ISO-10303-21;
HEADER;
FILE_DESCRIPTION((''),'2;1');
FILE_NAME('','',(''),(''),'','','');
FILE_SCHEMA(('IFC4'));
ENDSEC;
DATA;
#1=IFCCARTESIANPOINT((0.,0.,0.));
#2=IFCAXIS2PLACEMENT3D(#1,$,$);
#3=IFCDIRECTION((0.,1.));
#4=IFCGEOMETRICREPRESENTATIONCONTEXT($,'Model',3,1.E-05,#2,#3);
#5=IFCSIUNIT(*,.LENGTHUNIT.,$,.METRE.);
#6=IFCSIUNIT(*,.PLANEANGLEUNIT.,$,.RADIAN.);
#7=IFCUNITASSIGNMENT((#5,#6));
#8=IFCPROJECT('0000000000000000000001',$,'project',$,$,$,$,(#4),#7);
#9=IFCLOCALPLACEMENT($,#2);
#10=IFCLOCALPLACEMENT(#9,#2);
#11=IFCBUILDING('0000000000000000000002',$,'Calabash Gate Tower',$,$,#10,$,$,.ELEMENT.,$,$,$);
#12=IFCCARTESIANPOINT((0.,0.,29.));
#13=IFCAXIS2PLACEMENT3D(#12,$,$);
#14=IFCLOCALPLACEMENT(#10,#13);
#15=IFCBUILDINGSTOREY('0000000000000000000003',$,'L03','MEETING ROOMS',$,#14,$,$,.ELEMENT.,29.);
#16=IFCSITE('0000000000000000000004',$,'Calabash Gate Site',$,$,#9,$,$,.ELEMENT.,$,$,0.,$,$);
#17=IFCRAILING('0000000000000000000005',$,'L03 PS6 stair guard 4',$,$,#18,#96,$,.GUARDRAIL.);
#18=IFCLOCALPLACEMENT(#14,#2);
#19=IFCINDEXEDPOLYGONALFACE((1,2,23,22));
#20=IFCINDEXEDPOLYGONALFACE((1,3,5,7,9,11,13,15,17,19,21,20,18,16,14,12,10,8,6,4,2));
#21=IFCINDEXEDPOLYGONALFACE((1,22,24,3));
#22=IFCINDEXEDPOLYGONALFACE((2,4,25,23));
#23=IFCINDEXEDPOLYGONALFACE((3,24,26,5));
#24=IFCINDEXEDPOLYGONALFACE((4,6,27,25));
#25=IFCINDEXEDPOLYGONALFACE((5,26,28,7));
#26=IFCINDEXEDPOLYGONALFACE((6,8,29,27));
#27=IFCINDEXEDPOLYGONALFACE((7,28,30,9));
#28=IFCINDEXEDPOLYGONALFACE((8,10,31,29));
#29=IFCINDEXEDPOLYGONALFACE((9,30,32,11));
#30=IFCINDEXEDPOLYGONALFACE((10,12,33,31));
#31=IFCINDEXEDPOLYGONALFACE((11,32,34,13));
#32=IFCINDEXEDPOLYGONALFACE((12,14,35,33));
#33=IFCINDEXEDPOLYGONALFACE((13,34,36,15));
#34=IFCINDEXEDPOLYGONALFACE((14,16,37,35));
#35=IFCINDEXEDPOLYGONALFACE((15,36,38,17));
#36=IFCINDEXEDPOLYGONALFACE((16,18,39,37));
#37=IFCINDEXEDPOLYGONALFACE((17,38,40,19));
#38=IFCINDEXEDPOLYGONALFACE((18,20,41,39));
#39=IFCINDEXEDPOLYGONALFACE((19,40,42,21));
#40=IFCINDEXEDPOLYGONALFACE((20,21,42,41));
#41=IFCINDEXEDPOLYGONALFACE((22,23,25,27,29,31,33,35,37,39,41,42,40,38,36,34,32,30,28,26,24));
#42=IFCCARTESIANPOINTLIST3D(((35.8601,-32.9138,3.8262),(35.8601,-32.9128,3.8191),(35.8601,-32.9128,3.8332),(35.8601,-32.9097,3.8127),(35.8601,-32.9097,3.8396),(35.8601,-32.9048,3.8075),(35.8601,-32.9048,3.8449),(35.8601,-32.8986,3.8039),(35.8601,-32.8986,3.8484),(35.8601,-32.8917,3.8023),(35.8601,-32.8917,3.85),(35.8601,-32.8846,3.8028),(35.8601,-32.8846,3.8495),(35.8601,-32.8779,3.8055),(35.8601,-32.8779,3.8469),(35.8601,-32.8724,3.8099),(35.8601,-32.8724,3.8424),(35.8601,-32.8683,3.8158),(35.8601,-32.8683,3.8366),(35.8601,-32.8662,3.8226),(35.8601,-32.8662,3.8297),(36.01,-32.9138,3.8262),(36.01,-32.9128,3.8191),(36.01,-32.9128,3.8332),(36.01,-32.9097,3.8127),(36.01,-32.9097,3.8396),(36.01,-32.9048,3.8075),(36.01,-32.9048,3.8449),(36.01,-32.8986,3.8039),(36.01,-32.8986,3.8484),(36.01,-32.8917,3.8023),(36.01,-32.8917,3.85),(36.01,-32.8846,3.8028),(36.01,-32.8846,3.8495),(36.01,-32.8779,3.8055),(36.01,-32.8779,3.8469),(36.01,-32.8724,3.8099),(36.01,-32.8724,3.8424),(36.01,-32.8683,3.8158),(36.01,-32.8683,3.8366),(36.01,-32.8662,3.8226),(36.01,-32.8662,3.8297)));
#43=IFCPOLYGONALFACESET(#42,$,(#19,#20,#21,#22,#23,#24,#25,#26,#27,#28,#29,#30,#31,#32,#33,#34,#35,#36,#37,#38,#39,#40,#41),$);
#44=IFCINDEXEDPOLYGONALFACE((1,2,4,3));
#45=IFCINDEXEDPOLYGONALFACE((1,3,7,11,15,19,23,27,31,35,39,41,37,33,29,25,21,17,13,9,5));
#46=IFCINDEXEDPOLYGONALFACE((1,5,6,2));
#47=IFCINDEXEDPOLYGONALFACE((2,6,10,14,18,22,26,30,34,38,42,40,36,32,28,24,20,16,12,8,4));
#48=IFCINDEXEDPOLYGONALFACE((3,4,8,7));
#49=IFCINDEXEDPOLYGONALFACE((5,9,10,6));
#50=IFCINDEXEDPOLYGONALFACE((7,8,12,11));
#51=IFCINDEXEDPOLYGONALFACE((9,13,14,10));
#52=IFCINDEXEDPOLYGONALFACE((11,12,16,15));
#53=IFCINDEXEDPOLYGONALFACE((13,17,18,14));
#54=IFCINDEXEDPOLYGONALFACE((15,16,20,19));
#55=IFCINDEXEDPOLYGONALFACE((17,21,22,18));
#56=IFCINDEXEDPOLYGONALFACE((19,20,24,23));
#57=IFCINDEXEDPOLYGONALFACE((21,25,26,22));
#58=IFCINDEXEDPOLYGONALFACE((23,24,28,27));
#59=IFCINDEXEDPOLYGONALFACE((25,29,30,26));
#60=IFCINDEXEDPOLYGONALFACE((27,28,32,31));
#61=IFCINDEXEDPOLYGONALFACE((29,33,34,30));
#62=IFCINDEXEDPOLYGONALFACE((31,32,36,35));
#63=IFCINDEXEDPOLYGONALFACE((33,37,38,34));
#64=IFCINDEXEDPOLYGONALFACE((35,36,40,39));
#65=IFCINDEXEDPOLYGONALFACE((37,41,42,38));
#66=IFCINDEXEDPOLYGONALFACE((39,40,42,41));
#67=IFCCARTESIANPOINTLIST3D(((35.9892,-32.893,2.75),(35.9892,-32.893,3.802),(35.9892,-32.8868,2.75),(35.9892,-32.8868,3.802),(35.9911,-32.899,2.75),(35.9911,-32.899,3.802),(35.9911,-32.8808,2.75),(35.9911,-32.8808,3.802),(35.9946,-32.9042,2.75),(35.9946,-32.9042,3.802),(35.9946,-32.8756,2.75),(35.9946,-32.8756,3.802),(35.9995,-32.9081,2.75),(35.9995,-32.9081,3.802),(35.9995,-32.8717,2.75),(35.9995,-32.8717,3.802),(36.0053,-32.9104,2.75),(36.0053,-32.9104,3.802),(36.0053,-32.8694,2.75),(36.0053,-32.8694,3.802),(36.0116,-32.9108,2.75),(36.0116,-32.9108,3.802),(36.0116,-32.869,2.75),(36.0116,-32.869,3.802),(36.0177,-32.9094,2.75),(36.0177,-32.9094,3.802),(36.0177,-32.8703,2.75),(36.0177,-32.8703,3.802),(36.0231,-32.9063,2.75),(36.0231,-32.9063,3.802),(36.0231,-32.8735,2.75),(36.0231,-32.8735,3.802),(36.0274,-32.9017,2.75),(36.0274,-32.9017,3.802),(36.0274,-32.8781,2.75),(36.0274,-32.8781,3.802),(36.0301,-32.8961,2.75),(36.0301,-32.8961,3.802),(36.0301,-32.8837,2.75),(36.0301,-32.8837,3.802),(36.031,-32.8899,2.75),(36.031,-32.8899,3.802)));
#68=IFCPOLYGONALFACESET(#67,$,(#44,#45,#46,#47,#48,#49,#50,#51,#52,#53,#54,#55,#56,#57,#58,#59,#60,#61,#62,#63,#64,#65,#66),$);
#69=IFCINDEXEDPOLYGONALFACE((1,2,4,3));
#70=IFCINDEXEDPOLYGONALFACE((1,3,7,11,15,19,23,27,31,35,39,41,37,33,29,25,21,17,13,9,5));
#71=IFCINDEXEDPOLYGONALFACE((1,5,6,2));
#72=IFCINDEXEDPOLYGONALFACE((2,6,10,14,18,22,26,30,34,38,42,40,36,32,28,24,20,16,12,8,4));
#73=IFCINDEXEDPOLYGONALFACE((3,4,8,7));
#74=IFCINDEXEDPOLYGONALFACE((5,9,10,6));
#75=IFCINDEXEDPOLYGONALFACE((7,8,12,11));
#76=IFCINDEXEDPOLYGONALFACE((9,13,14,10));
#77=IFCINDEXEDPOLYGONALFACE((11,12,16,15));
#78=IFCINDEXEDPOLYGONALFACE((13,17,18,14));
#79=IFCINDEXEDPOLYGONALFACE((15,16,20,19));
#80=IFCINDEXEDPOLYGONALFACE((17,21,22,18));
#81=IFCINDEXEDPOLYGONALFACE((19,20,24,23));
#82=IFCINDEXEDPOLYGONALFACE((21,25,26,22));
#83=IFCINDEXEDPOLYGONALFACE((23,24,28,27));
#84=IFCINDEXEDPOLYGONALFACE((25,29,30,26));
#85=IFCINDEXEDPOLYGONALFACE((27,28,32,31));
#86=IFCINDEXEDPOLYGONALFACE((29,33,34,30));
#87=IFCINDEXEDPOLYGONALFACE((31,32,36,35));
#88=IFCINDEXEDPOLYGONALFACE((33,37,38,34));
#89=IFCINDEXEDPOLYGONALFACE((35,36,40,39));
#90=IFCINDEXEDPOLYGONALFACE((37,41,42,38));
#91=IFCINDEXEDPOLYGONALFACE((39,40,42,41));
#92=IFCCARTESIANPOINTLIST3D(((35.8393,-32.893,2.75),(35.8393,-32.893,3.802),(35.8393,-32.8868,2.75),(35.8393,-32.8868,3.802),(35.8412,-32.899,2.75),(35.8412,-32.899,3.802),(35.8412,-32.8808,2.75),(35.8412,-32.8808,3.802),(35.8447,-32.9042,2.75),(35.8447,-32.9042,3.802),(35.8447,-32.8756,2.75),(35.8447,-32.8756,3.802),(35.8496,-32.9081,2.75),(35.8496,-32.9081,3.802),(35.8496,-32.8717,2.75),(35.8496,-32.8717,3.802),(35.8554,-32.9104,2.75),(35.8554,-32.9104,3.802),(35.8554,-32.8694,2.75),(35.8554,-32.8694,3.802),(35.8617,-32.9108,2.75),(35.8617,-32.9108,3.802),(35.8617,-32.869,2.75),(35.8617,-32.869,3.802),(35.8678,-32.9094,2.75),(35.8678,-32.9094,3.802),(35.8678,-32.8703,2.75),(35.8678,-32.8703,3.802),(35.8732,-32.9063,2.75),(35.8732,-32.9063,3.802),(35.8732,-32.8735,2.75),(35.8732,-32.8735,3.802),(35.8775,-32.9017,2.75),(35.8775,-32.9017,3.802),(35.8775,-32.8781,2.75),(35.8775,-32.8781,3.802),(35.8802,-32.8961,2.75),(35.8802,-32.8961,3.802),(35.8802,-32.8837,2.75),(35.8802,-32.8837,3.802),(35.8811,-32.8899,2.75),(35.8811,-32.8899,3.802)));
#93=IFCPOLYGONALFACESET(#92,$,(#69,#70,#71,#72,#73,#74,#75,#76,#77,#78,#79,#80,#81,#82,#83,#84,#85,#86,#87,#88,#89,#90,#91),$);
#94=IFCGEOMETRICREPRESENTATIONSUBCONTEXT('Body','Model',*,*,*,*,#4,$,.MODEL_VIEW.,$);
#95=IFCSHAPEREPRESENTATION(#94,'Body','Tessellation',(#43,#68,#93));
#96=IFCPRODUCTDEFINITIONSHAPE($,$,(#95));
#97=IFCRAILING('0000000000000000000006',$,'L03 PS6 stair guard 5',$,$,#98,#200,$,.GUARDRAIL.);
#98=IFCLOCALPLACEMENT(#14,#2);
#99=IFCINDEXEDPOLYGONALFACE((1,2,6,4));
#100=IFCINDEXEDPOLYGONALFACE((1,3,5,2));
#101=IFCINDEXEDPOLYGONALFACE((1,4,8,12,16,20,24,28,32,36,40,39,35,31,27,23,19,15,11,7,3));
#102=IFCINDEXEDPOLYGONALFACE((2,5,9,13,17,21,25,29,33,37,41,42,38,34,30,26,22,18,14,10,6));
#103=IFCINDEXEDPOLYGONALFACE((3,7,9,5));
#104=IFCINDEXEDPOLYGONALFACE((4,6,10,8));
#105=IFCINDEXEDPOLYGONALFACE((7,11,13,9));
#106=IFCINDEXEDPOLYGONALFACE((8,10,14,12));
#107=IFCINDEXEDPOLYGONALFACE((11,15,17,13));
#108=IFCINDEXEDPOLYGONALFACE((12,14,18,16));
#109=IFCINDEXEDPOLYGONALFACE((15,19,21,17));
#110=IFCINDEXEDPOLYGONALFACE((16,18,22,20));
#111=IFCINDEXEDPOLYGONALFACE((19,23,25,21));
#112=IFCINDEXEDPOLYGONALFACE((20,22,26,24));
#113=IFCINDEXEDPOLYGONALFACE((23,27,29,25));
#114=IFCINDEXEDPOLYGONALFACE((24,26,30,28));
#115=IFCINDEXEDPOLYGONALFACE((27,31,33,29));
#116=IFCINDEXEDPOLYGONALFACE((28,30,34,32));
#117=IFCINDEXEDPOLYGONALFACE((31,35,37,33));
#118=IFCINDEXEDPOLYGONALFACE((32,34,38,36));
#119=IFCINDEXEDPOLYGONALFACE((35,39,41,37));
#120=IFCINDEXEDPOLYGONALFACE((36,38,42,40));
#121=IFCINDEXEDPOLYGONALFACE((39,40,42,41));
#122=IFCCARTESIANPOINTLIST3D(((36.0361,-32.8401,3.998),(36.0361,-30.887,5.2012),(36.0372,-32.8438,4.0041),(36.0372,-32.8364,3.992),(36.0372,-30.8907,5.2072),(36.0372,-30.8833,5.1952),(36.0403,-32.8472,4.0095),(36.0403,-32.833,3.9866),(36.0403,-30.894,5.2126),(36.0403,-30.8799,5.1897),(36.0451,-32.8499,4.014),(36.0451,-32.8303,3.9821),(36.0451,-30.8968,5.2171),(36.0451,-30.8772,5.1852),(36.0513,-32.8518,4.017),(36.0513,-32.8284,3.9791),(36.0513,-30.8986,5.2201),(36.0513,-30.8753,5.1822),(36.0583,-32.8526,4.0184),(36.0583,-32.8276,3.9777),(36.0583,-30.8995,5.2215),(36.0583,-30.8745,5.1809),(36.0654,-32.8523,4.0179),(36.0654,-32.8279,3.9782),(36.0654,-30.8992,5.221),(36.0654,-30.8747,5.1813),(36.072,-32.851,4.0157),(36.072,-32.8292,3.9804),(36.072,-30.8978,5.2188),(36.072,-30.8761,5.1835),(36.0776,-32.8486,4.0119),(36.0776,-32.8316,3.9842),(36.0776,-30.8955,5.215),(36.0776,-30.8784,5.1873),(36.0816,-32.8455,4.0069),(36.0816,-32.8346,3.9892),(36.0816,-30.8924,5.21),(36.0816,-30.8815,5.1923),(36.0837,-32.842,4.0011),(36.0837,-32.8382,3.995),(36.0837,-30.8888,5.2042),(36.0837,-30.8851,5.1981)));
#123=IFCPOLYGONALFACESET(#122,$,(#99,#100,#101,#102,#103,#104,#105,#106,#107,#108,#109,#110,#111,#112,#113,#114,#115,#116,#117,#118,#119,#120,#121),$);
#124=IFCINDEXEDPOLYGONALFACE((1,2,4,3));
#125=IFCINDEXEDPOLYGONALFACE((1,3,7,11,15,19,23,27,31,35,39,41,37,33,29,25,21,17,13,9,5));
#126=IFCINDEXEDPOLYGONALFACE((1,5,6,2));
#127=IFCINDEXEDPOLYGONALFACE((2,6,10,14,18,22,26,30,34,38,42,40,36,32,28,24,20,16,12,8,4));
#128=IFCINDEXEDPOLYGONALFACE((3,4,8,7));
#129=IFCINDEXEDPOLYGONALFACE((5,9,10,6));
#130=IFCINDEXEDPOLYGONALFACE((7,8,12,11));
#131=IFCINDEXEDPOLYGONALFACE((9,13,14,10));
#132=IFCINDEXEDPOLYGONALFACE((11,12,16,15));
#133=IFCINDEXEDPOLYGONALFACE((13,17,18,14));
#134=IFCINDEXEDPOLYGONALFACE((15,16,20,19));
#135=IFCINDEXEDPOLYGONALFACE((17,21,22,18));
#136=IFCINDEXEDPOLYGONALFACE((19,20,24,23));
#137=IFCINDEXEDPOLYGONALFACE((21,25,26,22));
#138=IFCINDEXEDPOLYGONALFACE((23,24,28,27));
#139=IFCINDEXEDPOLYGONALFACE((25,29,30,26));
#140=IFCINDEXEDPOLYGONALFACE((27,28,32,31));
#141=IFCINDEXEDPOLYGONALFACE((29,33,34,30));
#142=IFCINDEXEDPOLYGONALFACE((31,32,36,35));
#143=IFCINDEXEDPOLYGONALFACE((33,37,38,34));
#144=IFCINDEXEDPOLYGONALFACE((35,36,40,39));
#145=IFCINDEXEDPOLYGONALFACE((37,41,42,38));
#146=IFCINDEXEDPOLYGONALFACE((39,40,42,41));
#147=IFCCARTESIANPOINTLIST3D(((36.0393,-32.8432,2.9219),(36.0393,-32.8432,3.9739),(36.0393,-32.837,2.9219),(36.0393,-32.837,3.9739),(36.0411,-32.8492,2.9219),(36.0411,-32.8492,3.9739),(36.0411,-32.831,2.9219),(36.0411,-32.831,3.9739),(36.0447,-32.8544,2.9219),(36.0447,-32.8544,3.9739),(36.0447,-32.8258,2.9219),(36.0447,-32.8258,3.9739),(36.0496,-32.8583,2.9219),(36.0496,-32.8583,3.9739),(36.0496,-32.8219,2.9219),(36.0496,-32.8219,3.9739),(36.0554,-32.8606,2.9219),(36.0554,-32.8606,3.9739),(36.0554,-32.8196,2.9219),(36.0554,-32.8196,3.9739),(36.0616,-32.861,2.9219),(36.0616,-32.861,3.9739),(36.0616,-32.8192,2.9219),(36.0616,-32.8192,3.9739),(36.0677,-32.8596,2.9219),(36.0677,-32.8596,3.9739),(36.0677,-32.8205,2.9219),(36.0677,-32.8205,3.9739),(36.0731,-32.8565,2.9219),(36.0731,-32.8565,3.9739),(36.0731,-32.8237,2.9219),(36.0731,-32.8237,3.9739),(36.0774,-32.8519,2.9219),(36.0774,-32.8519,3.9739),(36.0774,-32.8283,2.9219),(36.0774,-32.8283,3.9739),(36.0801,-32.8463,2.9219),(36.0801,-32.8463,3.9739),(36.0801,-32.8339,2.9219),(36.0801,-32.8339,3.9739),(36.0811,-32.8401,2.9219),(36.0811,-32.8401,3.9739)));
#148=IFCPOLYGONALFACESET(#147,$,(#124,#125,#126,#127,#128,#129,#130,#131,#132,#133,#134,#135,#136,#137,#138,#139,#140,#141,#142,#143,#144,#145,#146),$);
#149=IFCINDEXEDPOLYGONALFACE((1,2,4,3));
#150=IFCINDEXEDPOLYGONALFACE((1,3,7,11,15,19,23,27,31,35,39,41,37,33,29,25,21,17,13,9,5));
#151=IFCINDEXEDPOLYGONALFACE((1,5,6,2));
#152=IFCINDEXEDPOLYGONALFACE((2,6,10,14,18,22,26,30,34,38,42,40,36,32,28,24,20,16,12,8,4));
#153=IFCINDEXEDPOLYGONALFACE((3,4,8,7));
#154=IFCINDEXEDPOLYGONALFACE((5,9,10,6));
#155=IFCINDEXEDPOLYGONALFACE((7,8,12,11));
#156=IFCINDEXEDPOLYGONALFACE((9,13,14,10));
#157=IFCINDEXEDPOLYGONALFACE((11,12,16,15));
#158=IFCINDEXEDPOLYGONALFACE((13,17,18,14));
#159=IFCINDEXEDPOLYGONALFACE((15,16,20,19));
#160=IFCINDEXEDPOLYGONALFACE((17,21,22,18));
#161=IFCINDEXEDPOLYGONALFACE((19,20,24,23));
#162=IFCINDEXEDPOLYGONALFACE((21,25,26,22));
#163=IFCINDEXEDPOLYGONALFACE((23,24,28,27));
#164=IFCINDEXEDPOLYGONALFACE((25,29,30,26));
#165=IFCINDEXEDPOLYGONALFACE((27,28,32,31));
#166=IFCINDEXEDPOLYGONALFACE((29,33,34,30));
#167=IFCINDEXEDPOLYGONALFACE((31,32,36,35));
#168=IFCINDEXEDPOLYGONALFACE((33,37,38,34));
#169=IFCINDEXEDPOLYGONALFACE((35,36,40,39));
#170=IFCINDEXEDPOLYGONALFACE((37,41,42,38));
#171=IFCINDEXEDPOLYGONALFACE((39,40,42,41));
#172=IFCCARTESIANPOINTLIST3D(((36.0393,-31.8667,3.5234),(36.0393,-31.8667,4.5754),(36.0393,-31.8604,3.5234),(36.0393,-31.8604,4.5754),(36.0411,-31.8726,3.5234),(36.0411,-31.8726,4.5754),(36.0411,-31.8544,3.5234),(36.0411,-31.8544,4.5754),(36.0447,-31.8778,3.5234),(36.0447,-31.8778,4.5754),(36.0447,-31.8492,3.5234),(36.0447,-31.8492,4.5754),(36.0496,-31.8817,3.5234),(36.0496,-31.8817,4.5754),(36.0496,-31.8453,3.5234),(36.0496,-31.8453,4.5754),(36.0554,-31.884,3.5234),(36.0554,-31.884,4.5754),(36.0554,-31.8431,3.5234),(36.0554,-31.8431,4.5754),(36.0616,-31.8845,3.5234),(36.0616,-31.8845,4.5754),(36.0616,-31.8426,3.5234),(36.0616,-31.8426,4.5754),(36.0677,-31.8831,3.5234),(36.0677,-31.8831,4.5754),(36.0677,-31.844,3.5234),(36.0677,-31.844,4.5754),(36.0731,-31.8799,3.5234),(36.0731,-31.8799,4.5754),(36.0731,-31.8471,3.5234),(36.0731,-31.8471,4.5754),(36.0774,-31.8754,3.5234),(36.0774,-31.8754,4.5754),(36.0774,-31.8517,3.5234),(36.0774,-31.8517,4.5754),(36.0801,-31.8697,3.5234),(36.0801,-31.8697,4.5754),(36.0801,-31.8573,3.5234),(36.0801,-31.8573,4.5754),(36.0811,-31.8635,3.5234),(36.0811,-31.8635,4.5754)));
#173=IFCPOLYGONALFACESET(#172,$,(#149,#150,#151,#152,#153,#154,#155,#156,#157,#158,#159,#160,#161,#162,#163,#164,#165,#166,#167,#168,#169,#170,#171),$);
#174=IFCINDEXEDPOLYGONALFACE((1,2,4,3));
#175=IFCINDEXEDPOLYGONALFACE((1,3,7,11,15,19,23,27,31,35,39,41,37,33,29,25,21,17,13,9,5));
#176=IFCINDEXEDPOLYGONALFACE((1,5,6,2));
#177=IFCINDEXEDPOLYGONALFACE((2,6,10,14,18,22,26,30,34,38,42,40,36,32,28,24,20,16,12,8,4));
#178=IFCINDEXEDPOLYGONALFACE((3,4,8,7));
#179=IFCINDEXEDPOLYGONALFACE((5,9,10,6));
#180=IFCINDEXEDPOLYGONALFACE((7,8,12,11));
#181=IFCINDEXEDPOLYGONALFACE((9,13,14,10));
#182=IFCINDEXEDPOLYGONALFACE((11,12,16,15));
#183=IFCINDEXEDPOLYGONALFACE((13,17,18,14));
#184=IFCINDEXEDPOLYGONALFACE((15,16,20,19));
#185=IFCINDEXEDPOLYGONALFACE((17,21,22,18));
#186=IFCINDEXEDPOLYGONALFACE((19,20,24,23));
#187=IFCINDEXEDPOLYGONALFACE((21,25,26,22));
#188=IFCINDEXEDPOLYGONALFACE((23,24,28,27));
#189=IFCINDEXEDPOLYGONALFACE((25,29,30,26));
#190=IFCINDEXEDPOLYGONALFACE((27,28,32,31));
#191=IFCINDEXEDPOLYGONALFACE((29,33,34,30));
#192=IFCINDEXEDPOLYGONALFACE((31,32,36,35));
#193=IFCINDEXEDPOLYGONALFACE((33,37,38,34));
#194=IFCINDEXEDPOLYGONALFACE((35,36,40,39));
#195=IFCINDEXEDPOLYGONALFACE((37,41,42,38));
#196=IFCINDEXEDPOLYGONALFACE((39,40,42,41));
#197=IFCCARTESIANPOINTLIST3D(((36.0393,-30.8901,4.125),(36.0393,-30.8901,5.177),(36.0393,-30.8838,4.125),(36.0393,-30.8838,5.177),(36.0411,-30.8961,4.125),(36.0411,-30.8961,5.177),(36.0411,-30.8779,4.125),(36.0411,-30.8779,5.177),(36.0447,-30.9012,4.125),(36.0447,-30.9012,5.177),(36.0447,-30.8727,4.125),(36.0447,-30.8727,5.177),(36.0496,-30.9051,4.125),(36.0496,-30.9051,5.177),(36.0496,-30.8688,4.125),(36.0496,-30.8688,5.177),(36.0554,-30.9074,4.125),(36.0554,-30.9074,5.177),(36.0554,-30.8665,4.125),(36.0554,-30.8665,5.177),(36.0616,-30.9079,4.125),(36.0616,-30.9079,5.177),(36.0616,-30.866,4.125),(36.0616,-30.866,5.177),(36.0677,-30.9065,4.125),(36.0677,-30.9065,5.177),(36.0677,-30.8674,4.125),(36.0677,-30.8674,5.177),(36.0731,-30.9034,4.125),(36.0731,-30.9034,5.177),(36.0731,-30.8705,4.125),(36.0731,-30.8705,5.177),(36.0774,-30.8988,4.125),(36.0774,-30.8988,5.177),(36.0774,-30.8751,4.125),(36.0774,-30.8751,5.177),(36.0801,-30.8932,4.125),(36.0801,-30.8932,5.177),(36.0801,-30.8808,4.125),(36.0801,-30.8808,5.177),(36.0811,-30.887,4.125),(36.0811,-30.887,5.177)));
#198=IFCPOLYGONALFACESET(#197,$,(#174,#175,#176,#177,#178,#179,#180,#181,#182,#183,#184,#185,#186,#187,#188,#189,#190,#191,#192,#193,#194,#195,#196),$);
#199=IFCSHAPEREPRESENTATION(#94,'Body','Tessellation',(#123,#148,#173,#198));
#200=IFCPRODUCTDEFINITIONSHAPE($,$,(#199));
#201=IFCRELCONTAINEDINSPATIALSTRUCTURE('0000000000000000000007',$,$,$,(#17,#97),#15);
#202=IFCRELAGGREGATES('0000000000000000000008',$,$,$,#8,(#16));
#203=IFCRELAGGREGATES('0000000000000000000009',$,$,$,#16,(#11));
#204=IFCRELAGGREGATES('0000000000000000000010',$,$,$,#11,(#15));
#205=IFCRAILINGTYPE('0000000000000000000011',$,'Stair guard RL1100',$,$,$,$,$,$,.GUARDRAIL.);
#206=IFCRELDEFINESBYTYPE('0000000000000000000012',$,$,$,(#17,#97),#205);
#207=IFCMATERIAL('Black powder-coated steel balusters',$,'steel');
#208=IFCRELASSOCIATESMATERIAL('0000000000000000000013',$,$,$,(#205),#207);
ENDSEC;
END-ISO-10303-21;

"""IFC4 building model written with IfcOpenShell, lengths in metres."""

from ifc_helpers import new_model, si_unit, direction, frame, origin, origin_2d, place, context, subcontext, project, spatial, circle, extrude, material, type_object, element, save


model = new_model("IFC4")

# Units and contexts
model_context = context("Model", 3, precision=1e-05, world=origin(), true_north=direction((0.0, 1.0)))
body_context = subcontext(model_context, "Body", "Model", "MODEL_VIEW")
ifc_project = project(units=[si_unit("LENGTHUNIT", "METRE"), si_unit("PLANEANGLEUNIT", "RADIAN")], contexts=[model_context])

# Site, building, storey
site_placement = place(None, origin())
site = spatial("IfcSite", under=ifc_project, at=site_placement, Name="Calabash Gate Site", CompositionType="ELEMENT", RefElevation=0.0)
building_placement = place(site_placement, origin())
building = spatial("IfcBuilding", under=site, at=building_placement, Name="Calabash Gate Tower", CompositionType="ELEMENT")
storey_placement = place(building_placement, frame((0.0, 0.0, 29.0)))
storey = spatial("IfcBuildingStorey", under=building, at=storey_placement, Name="L03", Description="MEETING ROOMS", CompositionType="ELEMENT", Elevation=29.0)

# Railings
ifc_material_1 = material(Name="Black powder-coated steel balusters", Category="steel")
railing_type_1 = type_object("IfcRailingType", Name="Stair guard RL1100", PredefinedType="GUARDRAIL", material=ifc_material_1)
railing_1_placement = place(storey_placement, frame((36.01, -32.8899, 2.75)))
element("IfcRailing", 1, at=railing_1_placement, inside=storey, type_object=railing_type_1, Name="L03 PS6 stair guard 4", PredefinedType="GUARDRAIL", context=body_context, shape_type="SweptSolid", body=[
    extrude(circle(Radius=0.0239, at=origin_2d()), frame((0.0, 0.0, 1.0762), z_axis=(-1.0, 0.0, 0.0), x_axis=(0.0, -1.0, 0.0)), (0.0, 0.0, 1.0), 0.1499),
    extrude(circle(Radius=0.021, at=origin_2d()), origin(), (0.0, 0.0, 1.0), 1.052),
    extrude(circle(Radius=0.021, at=origin_2d()), frame((-0.1499, 0.0, 0.0)), (0.0, 0.0, 1.0), 1.052),
])
railing_2_placement = place(storey_placement, frame((36.0601, -32.8401, 2.9219)))
element("IfcRailing", 2, at=railing_2_placement, inside=storey, type_object=railing_type_1, Name="L03 PS6 stair guard 5", PredefinedType="GUARDRAIL", context=body_context, shape_type="SweptSolid", body=[
    extrude(circle(Radius=0.0239, at=origin_2d()), frame((0.0, 0.0, 1.0762), z_axis=(0.0, 0.851424, 0.524477), x_axis=(-1.0, 0.0, 0.0)), (0.0, 0.0, 1.0), 2.2939),
    extrude(circle(Radius=0.021, at=origin_2d()), origin(), (0.0, 0.0, 1.0), 1.052),
    extrude(circle(Radius=0.021, at=origin_2d()), frame((0.0, 0.9766, 0.6016)), (0.0, 0.0, 1.0), 1.052),
    extrude(circle(Radius=0.021, at=origin_2d()), frame((0.0, 1.9531, 1.2031)), (0.0, 0.0, 1.0), 1.052),
])

save(model, "model.ifc")
